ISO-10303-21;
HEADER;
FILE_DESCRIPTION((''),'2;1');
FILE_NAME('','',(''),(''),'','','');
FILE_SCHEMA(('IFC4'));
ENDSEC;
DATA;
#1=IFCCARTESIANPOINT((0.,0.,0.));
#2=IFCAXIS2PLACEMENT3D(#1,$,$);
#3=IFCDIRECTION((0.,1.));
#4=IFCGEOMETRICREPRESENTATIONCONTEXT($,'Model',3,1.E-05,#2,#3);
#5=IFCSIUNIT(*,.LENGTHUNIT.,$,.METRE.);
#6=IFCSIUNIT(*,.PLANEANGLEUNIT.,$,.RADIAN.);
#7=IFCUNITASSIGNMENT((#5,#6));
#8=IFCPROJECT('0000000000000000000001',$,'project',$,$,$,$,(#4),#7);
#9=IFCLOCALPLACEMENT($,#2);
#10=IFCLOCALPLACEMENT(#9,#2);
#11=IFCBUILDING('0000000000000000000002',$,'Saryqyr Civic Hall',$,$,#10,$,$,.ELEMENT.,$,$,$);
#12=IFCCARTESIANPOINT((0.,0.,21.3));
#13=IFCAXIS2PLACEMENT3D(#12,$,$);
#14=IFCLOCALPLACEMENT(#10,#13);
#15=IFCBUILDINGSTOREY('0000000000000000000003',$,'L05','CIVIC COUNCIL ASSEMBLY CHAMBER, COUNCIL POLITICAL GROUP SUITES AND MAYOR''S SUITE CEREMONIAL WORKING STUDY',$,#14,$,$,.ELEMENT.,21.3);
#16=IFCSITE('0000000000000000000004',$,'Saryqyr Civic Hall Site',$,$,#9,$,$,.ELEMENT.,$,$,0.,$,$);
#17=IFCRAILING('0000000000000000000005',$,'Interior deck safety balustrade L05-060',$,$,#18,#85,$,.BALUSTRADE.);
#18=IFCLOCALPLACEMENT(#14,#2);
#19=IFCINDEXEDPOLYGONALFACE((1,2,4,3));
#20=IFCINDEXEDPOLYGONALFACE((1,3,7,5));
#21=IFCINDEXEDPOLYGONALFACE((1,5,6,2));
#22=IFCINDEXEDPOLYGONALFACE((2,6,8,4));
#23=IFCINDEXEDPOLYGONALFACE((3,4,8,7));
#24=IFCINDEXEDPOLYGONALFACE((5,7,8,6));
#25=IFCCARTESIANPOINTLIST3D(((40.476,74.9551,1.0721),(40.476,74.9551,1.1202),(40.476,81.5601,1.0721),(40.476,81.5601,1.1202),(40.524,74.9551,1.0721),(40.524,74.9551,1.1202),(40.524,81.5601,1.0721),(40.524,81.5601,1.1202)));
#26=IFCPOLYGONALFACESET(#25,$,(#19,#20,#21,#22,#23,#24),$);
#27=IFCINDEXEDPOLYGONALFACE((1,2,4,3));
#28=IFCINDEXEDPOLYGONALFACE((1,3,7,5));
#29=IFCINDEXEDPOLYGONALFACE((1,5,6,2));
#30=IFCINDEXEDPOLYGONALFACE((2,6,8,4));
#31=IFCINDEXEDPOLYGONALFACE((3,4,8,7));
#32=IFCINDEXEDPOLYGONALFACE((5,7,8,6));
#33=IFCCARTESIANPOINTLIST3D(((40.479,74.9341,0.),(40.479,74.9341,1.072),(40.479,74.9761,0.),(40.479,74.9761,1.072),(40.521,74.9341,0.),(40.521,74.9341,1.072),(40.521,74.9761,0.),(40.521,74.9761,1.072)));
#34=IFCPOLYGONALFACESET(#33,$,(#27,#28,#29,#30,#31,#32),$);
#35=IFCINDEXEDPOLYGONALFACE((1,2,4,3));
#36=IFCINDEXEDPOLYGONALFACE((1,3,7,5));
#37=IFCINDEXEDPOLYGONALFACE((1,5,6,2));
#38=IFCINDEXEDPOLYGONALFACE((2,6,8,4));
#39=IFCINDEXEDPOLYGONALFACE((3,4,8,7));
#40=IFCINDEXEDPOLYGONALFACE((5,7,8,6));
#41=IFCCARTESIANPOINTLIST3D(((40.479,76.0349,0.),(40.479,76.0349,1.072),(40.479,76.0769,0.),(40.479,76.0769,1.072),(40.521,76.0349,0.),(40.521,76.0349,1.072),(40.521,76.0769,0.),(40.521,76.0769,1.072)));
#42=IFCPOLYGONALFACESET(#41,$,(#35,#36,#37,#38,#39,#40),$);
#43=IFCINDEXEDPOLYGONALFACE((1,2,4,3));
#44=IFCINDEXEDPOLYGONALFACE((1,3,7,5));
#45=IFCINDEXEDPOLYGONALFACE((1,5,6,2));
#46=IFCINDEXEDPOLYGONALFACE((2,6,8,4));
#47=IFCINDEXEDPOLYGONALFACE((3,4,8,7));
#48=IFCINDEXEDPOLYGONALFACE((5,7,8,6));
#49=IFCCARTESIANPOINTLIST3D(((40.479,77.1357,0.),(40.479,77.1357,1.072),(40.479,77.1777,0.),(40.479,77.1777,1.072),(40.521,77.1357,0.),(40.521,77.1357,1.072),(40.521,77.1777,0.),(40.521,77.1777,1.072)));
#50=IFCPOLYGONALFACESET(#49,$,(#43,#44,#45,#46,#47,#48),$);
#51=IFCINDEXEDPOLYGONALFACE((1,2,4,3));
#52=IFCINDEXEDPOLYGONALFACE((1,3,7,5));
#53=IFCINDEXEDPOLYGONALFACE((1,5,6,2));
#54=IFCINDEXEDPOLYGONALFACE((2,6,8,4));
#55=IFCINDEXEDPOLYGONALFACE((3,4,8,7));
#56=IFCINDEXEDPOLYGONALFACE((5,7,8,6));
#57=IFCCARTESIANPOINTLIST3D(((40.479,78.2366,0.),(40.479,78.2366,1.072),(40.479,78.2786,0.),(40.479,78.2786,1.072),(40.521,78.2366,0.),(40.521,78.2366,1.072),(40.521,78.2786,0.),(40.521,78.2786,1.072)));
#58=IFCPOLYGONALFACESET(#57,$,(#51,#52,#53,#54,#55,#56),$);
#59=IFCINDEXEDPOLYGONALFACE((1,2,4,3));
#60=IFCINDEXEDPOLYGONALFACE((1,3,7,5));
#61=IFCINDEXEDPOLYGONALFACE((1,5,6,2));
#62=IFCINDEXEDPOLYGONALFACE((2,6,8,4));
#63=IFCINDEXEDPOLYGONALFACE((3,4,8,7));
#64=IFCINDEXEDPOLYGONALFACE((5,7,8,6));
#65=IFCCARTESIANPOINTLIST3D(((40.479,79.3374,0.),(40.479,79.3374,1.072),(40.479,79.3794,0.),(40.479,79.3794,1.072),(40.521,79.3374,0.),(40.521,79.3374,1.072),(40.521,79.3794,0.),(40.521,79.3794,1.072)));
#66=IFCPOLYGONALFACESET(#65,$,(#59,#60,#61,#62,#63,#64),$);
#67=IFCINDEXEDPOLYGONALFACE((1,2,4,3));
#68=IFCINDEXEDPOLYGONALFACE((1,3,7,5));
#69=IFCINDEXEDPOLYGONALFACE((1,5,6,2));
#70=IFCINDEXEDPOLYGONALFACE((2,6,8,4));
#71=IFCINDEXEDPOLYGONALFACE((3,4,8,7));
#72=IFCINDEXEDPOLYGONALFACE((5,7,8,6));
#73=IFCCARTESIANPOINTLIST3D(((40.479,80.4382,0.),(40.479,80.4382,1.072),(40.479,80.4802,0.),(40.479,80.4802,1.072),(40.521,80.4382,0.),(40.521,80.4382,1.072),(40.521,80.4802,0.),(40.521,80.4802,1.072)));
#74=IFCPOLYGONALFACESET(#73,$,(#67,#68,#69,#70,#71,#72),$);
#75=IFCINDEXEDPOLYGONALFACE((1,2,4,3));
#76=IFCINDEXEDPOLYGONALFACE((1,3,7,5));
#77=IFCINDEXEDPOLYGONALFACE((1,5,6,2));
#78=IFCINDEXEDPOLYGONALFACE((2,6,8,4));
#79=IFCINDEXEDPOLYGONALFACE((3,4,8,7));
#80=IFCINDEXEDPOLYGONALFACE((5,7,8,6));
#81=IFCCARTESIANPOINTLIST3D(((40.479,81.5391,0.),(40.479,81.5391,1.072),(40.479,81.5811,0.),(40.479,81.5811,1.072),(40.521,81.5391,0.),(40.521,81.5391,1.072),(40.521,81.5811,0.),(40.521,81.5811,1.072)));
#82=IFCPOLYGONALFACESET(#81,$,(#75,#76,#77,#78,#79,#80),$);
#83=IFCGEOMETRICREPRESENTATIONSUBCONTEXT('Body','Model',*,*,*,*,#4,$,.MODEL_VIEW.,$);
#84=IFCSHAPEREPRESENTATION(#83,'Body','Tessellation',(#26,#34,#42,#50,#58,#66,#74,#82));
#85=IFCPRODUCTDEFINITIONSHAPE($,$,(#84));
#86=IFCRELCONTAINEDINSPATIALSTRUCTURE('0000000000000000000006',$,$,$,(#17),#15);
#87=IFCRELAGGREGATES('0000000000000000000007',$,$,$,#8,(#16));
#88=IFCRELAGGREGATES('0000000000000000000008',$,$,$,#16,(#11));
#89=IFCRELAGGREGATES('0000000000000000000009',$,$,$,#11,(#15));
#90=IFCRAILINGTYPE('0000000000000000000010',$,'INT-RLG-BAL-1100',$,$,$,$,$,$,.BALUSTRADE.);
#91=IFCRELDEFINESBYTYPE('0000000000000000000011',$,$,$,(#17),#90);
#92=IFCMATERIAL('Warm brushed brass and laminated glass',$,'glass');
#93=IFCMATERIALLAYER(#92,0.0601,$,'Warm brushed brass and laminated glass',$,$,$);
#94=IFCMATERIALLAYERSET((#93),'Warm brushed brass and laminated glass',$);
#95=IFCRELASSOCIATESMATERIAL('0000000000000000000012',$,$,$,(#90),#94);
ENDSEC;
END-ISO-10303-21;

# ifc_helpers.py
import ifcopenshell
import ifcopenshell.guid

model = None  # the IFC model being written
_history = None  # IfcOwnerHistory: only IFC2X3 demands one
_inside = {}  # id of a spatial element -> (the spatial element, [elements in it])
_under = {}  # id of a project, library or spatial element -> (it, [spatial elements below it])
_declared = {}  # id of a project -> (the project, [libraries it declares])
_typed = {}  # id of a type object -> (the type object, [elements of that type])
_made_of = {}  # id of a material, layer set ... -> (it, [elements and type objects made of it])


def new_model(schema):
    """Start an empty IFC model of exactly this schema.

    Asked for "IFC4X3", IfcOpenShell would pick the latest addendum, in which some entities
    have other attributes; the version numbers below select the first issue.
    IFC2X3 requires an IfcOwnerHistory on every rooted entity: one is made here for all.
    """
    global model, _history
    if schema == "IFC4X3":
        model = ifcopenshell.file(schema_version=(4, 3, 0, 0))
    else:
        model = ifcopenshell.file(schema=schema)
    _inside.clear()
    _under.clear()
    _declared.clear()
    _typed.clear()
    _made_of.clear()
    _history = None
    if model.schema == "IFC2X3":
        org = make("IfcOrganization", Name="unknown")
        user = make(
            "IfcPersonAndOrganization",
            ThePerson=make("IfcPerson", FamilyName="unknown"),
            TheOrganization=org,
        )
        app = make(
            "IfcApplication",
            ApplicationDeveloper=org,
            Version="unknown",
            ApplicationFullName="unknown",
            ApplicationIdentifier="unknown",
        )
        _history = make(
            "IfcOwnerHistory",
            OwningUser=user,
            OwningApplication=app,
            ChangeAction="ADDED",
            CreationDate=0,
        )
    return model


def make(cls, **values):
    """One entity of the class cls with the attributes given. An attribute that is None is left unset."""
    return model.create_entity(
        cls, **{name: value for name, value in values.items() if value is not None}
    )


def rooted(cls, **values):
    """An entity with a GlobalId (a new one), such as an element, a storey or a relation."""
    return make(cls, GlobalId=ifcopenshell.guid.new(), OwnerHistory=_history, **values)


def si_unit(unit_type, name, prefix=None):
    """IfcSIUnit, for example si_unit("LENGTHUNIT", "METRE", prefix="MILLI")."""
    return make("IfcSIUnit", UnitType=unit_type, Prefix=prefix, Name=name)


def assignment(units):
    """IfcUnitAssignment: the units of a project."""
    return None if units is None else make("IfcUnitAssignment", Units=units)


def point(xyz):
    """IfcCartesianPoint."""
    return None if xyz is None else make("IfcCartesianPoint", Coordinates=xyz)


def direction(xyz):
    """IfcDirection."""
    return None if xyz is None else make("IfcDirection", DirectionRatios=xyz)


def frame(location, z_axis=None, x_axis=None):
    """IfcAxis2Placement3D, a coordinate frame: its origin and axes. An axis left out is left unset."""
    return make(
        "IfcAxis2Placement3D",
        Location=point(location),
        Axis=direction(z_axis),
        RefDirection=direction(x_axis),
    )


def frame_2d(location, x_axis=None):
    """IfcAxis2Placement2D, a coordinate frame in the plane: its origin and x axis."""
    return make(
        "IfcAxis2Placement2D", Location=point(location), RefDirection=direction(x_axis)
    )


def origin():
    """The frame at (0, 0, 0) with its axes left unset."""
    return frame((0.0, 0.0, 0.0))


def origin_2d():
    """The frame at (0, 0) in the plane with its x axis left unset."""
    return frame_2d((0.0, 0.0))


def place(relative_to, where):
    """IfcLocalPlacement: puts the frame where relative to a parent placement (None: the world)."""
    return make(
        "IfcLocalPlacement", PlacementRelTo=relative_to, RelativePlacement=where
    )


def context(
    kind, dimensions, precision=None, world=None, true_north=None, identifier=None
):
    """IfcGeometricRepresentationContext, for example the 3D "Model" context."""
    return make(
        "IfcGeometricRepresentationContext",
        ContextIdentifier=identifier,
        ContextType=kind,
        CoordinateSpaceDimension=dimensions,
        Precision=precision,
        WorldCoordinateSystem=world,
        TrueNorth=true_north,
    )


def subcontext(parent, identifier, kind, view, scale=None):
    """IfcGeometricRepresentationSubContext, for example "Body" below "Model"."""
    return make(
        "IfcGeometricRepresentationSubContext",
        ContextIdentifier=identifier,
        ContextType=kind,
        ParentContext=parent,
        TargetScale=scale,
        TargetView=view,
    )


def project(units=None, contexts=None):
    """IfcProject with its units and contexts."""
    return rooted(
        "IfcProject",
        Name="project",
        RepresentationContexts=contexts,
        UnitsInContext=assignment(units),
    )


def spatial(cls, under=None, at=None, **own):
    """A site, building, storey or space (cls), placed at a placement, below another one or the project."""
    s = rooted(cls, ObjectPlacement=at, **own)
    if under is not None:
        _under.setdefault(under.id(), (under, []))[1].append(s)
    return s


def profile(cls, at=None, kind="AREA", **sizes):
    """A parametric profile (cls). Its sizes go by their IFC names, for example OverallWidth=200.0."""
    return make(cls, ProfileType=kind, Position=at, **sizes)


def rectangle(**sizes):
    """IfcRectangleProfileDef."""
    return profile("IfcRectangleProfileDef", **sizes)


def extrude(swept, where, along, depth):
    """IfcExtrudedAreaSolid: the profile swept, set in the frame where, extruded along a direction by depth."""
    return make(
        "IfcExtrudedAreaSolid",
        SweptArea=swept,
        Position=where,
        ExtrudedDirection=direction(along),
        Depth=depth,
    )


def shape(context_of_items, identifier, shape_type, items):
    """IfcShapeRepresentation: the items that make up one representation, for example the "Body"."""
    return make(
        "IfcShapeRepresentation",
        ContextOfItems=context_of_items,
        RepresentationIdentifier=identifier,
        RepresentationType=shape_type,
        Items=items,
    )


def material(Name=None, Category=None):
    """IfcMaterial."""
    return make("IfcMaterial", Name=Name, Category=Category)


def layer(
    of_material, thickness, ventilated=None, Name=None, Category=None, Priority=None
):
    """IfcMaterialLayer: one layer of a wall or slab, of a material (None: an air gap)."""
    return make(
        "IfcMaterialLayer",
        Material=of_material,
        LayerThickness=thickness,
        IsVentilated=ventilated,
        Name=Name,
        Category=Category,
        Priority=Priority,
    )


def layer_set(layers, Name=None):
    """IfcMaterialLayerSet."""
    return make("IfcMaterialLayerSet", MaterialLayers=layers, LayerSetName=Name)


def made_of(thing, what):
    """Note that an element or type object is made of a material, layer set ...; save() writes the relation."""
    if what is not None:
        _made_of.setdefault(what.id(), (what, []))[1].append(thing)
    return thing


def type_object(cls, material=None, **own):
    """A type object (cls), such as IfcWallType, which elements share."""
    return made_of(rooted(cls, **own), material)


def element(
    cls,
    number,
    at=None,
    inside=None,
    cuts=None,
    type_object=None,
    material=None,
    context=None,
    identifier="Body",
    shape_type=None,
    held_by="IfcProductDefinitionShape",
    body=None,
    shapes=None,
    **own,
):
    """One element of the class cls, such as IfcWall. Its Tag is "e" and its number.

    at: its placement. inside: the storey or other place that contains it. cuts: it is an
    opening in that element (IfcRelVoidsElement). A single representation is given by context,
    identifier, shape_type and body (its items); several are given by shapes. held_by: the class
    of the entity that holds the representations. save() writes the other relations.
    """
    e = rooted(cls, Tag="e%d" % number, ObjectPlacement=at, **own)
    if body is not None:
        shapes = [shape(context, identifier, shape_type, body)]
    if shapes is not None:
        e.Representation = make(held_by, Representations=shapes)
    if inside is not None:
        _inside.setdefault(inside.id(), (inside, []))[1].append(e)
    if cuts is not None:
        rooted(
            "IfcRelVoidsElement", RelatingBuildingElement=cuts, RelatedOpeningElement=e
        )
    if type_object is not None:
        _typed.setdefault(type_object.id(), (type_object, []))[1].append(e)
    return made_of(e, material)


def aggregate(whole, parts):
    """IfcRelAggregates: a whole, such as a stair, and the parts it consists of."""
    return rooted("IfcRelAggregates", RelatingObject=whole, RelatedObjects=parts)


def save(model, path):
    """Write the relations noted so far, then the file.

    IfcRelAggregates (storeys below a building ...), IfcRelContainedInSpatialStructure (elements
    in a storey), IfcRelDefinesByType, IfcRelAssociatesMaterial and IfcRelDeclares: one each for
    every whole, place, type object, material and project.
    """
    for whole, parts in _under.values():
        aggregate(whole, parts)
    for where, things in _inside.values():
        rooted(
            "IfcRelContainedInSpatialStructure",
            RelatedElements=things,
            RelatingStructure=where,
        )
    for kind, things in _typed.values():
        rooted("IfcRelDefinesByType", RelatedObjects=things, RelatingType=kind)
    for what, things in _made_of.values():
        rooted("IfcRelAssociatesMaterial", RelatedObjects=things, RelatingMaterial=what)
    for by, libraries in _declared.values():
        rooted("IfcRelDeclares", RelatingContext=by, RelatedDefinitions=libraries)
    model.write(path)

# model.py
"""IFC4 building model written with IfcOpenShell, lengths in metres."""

from ifc_helpers import new_model, si_unit, direction, frame, origin, origin_2d, place, context, subcontext, project, spatial, rectangle, extrude, material, layer, layer_set, type_object, element, save


model = new_model("IFC4")

# Units and contexts
model_context = context("Model", 3, precision=1e-05, world=origin(), true_north=direction((0.0, 1.0)))
body_context = subcontext(model_context, "Body", "Model", "MODEL_VIEW")
ifc_project = project(units=[si_unit("LENGTHUNIT", "METRE"), si_unit("PLANEANGLEUNIT", "RADIAN")], contexts=[model_context])

# Site, building, storey
site_placement = place(None, origin())
site = spatial("IfcSite", under=ifc_project, at=site_placement, Name="Saryqyr Civic Hall Site", CompositionType="ELEMENT", RefElevation=0.0)
building_placement = place(site_placement, origin())
building = spatial("IfcBuilding", under=site, at=building_placement, Name="Saryqyr Civic Hall", CompositionType="ELEMENT")
storey_placement = place(building_placement, frame((0.0, 0.0, 21.3)))
storey = spatial("IfcBuildingStorey", under=building, at=storey_placement, Name="L05", Description="CIVIC COUNCIL ASSEMBLY CHAMBER, COUNCIL POLITICAL GROUP SUITES AND MAYOR'S SUITE CEREMONIAL WORKING STUDY", CompositionType="ELEMENT", Elevation=21.3)

# Railing
ifc_material_1 = material(Name="Warm brushed brass and laminated glass", Category="glass")
ifc_layer_1 = layer(ifc_material_1, 0.0601, Name="Warm brushed brass and laminated glass")
ifc_layer_set_1 = layer_set([ifc_layer_1], Name="Warm brushed brass and laminated glass")
railing_type_1 = type_object("IfcRailingType", Name="INT-RLG-BAL-1100", PredefinedType="BALUSTRADE", material=ifc_layer_set_1)
railing_1_placement = place(storey_placement, frame((40.5, 74.9551, 0.0)))
element("IfcRailing", 1, at=railing_1_placement, inside=storey, type_object=railing_type_1, Name="Interior deck safety balustrade L05-060", PredefinedType="BALUSTRADE", context=body_context, shape_type="SweptSolid", body=[
    extrude(rectangle(XDim=0.0481, YDim=0.0481, at=origin_2d()), frame((0.0, 0.0, 1.0962), z_axis=(0.0, 1.0, 0.0), x_axis=(-1.0, 0.0, 0.0)), (0.0, 0.0, 1.0), 6.605),
    extrude(rectangle(XDim=0.042, YDim=0.042, at=origin_2d()), origin(), (0.0, 0.0, 1.0), 1.072),
    extrude(rectangle(XDim=0.042, YDim=0.042, at=origin_2d()), frame((0.0, 1.1008, 0.0)), (0.0, 0.0, 1.0), 1.072),
    extrude(rectangle(XDim=0.042, YDim=0.042, at=origin_2d()), frame((0.0, 2.2017, 0.0)), (0.0, 0.0, 1.0), 1.072),
    extrude(rectangle(XDim=0.042, YDim=0.042, at=origin_2d()), frame((0.0, 3.3025, 0.0)), (0.0, 0.0, 1.0), 1.072),
    extrude(rectangle(XDim=0.042, YDim=0.042, at=origin_2d()), frame((0.0, 4.4033, 0.0)), (0.0, 0.0, 1.0), 1.072),
    extrude(rectangle(XDim=0.042, YDim=0.042, at=origin_2d()), frame((0.0, 5.5042, 0.0)), (0.0, 0.0, 1.0), 1.072),
    extrude(rectangle(XDim=0.042, YDim=0.042, at=origin_2d()), frame((0.0, 6.605, 0.0)), (0.0, 0.0, 1.0), 1.072),
])

save(model, "model.ifc")
